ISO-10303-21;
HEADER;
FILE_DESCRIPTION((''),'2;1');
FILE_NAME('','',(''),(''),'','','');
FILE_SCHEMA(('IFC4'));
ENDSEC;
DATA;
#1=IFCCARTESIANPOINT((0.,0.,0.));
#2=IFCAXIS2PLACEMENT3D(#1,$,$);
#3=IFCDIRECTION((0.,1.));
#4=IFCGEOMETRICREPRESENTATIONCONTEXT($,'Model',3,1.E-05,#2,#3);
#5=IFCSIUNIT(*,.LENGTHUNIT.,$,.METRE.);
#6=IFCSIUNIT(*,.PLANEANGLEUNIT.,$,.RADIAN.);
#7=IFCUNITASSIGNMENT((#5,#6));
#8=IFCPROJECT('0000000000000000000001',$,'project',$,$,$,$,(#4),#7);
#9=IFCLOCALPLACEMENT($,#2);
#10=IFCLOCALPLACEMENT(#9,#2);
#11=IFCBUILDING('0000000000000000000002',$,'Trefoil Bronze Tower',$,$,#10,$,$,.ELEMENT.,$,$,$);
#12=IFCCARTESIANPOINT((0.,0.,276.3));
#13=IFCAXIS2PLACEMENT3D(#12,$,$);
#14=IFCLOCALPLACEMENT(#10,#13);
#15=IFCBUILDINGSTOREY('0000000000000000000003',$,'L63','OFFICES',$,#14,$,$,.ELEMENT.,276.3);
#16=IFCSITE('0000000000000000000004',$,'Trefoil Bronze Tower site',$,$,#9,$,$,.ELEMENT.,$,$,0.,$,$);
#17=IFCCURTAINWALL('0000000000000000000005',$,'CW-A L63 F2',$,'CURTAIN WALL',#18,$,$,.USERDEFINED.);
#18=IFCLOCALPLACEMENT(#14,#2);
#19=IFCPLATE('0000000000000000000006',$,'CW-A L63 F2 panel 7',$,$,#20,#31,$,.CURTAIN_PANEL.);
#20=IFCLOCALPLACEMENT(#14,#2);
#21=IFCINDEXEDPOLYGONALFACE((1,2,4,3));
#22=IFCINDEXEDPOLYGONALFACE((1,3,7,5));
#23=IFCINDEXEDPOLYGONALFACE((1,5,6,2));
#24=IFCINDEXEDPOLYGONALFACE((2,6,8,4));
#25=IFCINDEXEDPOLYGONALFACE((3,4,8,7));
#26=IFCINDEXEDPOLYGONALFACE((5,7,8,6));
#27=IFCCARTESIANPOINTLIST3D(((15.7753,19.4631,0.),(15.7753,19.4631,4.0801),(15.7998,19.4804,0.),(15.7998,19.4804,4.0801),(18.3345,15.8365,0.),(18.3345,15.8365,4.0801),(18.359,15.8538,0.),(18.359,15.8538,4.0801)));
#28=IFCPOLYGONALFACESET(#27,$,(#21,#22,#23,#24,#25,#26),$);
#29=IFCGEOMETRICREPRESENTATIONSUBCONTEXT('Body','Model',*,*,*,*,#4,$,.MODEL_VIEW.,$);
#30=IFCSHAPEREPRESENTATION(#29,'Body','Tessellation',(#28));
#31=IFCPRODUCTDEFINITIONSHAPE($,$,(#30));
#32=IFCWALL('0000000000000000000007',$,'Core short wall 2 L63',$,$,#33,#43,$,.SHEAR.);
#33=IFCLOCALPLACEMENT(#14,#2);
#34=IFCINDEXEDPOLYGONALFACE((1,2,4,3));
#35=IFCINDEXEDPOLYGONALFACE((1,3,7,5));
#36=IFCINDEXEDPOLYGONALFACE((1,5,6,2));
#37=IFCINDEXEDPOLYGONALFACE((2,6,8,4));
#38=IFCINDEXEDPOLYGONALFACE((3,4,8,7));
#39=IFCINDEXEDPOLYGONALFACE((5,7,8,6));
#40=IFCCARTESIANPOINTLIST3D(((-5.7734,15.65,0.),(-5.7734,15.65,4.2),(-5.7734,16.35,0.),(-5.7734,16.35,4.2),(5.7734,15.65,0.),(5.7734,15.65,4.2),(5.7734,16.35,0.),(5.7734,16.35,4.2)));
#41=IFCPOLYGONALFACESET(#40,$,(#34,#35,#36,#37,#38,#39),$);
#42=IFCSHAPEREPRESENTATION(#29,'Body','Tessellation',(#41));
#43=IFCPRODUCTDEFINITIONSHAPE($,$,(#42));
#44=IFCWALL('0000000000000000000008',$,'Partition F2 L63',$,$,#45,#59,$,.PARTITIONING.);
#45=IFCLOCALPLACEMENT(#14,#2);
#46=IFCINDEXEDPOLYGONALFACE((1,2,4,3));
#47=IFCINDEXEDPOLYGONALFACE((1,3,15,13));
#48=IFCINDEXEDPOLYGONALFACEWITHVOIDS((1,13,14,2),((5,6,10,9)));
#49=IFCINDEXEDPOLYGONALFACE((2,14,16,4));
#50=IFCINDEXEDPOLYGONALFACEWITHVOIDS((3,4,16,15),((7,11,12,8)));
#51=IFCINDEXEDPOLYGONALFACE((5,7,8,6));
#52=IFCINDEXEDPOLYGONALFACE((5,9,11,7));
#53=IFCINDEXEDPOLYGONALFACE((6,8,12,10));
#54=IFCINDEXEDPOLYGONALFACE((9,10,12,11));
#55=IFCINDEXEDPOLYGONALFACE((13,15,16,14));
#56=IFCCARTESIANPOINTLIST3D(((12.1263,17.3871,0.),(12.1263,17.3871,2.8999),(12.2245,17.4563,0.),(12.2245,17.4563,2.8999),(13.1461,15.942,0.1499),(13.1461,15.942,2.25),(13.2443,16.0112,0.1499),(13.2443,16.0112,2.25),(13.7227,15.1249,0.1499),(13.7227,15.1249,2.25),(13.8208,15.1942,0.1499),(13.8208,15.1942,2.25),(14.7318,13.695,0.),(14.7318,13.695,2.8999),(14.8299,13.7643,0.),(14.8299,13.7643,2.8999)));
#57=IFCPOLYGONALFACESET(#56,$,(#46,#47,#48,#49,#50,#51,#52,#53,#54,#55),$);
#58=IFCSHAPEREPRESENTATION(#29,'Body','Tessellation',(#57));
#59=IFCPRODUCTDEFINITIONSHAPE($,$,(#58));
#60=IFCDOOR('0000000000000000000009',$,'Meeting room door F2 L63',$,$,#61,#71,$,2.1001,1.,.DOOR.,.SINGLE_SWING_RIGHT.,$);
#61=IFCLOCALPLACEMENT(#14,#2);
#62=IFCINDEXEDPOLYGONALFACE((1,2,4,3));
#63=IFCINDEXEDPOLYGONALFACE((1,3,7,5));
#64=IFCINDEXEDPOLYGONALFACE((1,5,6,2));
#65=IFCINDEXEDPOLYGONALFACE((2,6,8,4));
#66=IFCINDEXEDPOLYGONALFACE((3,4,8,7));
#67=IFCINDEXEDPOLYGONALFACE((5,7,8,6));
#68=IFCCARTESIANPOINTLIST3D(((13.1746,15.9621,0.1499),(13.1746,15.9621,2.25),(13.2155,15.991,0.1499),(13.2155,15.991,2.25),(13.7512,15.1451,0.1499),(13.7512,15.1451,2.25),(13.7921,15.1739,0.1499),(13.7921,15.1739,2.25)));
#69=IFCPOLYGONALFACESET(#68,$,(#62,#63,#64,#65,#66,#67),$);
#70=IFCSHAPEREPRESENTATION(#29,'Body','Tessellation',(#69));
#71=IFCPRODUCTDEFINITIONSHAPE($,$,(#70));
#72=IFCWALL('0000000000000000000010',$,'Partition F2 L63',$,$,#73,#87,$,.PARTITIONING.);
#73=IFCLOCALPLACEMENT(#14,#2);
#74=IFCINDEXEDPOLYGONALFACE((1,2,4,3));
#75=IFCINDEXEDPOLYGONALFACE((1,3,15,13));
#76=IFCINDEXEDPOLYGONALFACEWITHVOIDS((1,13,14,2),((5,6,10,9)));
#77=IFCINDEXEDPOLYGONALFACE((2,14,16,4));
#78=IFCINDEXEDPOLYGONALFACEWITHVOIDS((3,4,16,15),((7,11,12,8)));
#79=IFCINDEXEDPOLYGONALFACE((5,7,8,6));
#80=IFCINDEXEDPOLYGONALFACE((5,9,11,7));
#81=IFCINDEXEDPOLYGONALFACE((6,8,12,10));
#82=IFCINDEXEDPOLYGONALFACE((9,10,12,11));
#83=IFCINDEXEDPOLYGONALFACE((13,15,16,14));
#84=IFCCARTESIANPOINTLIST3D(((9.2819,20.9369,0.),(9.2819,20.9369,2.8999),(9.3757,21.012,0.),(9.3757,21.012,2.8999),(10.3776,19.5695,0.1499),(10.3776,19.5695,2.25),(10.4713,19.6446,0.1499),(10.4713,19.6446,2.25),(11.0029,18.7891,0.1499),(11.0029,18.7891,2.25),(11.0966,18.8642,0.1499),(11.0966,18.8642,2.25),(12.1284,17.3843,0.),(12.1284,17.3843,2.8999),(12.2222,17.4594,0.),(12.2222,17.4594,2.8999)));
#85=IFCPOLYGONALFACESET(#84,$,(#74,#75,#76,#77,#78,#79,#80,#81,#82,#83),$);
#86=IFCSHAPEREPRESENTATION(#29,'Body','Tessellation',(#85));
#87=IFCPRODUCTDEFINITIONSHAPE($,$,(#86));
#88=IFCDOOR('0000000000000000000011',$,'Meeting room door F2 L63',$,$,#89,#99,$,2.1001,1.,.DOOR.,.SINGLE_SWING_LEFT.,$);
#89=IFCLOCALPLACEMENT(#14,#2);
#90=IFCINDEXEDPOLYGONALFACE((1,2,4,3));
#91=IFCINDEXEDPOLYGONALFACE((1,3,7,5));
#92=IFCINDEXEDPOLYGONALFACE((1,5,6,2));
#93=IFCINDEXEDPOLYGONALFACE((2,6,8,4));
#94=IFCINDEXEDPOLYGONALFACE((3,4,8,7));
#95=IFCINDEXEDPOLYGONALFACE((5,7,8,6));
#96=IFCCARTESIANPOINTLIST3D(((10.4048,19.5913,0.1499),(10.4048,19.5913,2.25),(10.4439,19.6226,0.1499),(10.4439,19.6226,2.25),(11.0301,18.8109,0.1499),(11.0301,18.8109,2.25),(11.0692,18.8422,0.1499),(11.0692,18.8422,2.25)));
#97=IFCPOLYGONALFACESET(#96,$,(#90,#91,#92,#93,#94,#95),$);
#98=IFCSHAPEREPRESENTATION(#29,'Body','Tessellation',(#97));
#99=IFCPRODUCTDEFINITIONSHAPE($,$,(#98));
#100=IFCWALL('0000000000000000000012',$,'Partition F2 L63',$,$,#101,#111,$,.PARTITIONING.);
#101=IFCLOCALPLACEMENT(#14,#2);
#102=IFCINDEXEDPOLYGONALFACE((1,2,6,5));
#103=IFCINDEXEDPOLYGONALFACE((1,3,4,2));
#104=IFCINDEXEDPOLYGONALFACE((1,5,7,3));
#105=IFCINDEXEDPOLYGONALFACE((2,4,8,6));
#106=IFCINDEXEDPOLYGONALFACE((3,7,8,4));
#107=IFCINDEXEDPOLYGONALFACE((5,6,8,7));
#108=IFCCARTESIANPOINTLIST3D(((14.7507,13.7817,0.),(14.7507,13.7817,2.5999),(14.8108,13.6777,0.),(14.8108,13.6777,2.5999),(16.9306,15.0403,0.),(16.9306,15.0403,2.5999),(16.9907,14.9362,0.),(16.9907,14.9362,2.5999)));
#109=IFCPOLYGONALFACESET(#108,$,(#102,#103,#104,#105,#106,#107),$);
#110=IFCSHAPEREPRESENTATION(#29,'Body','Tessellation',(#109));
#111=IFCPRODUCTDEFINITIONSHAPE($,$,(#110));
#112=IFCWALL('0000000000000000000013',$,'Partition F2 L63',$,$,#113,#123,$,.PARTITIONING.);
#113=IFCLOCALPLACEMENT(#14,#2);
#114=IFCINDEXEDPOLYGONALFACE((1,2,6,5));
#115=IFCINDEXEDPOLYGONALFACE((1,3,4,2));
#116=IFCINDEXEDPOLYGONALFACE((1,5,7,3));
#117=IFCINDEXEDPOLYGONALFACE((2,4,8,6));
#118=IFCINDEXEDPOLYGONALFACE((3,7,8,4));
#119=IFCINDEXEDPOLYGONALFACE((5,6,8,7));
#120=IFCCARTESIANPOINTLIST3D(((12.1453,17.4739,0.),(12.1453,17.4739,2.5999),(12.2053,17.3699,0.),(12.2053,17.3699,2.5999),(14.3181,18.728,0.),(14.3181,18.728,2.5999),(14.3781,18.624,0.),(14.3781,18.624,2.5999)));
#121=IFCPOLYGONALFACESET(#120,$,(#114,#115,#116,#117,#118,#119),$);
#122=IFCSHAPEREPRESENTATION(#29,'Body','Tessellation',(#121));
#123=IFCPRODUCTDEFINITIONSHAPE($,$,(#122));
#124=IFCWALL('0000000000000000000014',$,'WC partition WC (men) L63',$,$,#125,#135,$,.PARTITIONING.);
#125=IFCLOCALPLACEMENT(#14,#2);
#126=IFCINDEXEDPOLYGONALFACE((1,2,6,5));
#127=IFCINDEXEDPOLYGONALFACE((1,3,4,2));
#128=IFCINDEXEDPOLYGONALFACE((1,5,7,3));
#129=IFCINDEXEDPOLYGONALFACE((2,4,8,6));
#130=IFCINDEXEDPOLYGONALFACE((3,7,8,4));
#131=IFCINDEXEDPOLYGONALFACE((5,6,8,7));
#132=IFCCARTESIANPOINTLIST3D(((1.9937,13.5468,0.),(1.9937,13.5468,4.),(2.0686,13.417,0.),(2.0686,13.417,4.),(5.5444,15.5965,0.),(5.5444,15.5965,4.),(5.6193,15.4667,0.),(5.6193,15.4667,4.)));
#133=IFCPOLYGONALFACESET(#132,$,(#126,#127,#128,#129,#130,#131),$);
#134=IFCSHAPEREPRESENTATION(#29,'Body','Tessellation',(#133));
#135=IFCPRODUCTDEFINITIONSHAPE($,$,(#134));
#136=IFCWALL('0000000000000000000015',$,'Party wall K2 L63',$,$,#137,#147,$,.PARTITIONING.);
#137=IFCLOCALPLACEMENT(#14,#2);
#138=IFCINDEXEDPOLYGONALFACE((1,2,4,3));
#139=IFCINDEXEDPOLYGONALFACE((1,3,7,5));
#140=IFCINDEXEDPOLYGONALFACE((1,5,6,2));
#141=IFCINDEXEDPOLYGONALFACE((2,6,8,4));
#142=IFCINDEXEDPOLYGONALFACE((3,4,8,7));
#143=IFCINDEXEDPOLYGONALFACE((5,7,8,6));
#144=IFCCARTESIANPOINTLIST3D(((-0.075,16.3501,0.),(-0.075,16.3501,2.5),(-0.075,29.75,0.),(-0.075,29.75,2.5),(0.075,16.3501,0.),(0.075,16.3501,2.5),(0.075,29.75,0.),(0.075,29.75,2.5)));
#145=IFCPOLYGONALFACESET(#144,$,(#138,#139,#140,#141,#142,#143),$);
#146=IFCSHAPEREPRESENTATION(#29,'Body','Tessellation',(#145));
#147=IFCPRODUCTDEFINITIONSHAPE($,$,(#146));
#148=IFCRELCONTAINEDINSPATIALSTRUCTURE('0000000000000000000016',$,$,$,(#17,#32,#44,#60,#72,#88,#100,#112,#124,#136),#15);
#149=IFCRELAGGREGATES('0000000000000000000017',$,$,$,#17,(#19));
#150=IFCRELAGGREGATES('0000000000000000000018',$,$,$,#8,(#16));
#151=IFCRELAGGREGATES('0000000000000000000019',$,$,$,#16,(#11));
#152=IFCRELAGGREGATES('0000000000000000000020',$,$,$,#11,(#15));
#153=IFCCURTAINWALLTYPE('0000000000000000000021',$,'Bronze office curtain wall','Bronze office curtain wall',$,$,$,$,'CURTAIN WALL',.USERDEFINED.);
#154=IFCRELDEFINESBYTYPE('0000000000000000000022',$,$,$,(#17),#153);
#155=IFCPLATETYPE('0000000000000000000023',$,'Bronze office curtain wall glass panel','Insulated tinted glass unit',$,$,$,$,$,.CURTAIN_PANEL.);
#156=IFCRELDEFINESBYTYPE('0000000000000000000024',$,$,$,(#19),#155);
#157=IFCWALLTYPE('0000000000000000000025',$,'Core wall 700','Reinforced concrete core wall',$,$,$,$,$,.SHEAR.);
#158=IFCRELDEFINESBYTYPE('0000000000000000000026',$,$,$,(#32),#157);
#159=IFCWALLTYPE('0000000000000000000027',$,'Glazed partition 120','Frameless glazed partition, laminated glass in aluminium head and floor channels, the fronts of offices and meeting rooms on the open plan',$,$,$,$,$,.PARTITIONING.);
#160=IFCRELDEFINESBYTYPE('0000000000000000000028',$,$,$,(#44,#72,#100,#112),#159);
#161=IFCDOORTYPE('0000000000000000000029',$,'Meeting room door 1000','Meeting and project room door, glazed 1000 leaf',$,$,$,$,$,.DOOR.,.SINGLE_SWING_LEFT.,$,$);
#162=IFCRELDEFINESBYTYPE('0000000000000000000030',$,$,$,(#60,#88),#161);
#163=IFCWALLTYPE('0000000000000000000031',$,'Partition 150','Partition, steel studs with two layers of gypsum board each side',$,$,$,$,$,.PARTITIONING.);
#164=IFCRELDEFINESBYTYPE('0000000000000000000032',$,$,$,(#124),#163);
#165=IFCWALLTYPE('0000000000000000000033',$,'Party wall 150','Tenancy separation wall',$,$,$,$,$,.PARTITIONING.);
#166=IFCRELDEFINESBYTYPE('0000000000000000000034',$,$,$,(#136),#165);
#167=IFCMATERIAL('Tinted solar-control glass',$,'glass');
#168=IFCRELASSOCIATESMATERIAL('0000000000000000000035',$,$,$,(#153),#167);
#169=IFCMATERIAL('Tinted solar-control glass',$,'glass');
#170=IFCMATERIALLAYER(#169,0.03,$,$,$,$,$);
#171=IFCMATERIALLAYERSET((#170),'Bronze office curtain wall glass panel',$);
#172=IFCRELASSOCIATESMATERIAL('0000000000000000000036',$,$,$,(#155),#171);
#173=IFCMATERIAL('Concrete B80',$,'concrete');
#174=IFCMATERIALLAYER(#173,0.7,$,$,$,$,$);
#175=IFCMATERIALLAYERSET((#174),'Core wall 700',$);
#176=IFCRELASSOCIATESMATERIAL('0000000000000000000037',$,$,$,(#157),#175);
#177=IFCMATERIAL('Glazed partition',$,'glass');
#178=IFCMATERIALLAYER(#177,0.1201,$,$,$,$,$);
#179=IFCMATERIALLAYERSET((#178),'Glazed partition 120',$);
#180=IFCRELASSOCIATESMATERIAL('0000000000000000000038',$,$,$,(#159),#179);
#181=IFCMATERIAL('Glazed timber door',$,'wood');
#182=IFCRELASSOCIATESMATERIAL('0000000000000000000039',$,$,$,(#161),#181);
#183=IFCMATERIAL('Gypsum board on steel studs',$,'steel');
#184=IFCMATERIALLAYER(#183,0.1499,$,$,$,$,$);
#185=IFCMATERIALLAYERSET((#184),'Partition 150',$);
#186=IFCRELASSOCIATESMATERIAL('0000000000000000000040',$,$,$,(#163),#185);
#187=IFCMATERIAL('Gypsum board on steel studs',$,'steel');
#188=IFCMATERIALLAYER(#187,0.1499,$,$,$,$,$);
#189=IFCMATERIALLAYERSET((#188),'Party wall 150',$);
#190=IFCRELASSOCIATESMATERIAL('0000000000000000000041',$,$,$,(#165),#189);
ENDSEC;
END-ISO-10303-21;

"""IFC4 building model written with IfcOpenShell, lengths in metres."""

from ifc_helpers import new_model, si_unit, direction, frame, frame_2d, origin, origin_2d, place, context, subcontext, project, spatial, rectangle, extrude, material, layer, layer_set, type_object, element, fill, aggregate, save


model = new_model("IFC4")

# Units and contexts
model_context = context("Model", 3, precision=1e-05, world=origin(), true_north=direction((0.0, 1.0)))
body_context = subcontext(model_context, "Body", "Model", "MODEL_VIEW")
ifc_project = project(units=[si_unit("LENGTHUNIT", "METRE"), si_unit("PLANEANGLEUNIT", "RADIAN")], contexts=[model_context])

# Site, building, storey
site_placement = place(None, origin())
site = spatial("IfcSite", under=ifc_project, at=site_placement, Name="Trefoil Bronze Tower site", CompositionType="ELEMENT", RefElevation=0.0)
building_placement = place(site_placement, origin())
building = spatial("IfcBuilding", under=site, at=building_placement, Name="Trefoil Bronze Tower", CompositionType="ELEMENT")
storey_placement = place(building_placement, frame((0.0, 0.0, 276.3)))
storey = spatial("IfcBuildingStorey", under=building, at=storey_placement, Name="L63", Description="OFFICES", CompositionType="ELEMENT", Elevation=276.3)

# Curtain wall
ifc_material_1 = material(Name="Tinted solar-control glass", Category="glass")
curtain_wall_type = type_object("IfcCurtainWallType", Name="Bronze office curtain wall", Description="Bronze office curtain wall", ElementType="CURTAIN WALL", PredefinedType="USERDEFINED", material=ifc_material_1)
curtain_wall_placement = place(storey_placement, origin())
curtain_wall = element("IfcCurtainWall", 1, at=curtain_wall_placement, inside=storey, type_object=curtain_wall_type, Name="CW-A L63 F2", ObjectType="CURTAIN WALL", PredefinedType="USERDEFINED")

# Plate
ifc_material_2 = material(Name="Tinted solar-control glass", Category="glass")
ifc_layer_1 = layer(ifc_material_2, 0.03)
ifc_layer_set_1 = layer_set([ifc_layer_1], Name="Bronze office curtain wall glass panel")
plate_type = type_object("IfcPlateType", Name="Bronze office curtain wall glass panel", Description="Insulated tinted glass unit", PredefinedType="CURTAIN_PANEL", material=ifc_layer_set_1)
plate_1_placement = place(storey_placement, frame((17.0671, 17.6584, 0.0), z_axis=(0.0, 0.0, 1.0), x_axis=(-0.576561, 0.817054, 0.0)))
plate_1 = element("IfcPlate", 2, at=plate_1_placement, type_object=plate_type, Name="CW-A L63 F2 panel 7", PredefinedType="CURTAIN_PANEL", context=body_context, shape_type="SweptSolid", body=[
    extrude(rectangle(XDim=4.4387, YDim=0.03, at=origin_2d()), origin(), (0.0, 0.0, 1.0), 4.0801),
])
aggregate(curtain_wall, [plate_1])

# Wall
ifc_material_3 = material(Name="Concrete B80", Category="concrete")
ifc_layer_2 = layer(ifc_material_3, 0.7)
ifc_layer_set_2 = layer_set([ifc_layer_2], Name="Core wall 700")
wall_type_1 = type_object("IfcWallType", Name="Core wall 700", Description="Reinforced concrete core wall", PredefinedType="SHEAR", material=ifc_layer_set_2)
wall_1_placement = place(storey_placement, frame((5.7734, 16.0, 0.0), z_axis=(0.0, 0.0, 1.0), x_axis=(-1.0, 0.0, 0.0)))
element("IfcWall", 3, at=wall_1_placement, inside=storey, type_object=wall_type_1, Name="Core short wall 2 L63", PredefinedType="SHEAR", context=body_context, shape_type="SweptSolid", body=[
    extrude(rectangle(XDim=11.5469, YDim=0.7, at=frame_2d((5.7734, 0.0))), origin(), (0.0, 0.0, 1.0), 4.2),
])

# Walls, openings, doors
ifc_material_4 = material(Name="Glazed partition", Category="glass")
ifc_layer_3 = layer(ifc_material_4, 0.1201)
ifc_layer_set_3 = layer_set([ifc_layer_3], Name="Glazed partition 120")
wall_type_2 = type_object("IfcWallType", Name="Glazed partition 120", Description="Frameless glazed partition, laminated glass in aluminium head and floor channels, the fronts of offices and meeting rooms on the open plan", PredefinedType="PARTITIONING", material=ifc_layer_set_3)
wall_2_placement = place(storey_placement, frame((14.7808, 13.7297, 0.0), z_axis=(0.0, 0.0, 1.0), x_axis=(-0.576573, 0.817046, 0.0)))
wall_2 = element("IfcWall", 4, at=wall_2_placement, inside=storey, type_object=wall_type_2, Name="Partition F2 L63", PredefinedType="PARTITIONING", context=body_context, shape_type="SweptSolid", body=[
    extrude(rectangle(XDim=4.5188, YDim=0.1201, at=frame_2d((2.2593, 0.0))), origin(), (0.0, 0.0, 1.0), 2.8999),
])
opening_1_placement = place(wall_2_placement, frame((1.75, 0.0, 0.1499)))
opening_1 = element("IfcOpeningElement", 5, at=opening_1_placement, cuts=wall_2, PredefinedType="OPENING", context=body_context, shape_type="SweptSolid", body=[
    extrude(rectangle(XDim=1.0, YDim=2.1001, at=frame_2d((0.5, 1.05))), frame((0.0, 0.0701, 0.0), z_axis=(0.0, -1.0, 0.0), x_axis=(1.0, 0.0, 0.0)), (0.0, 0.0, 1.0), 0.1401),
])
ifc_material_5 = material(Name="Glazed timber door", Category="wood")
door_type = type_object("IfcDoorType", Name="Meeting room door 1000", Description="Meeting and project room door, glazed 1000 leaf", OperationType="SINGLE_SWING_LEFT", PredefinedType="DOOR", material=ifc_material_5)
door_1_placement = place(opening_1_placement, frame((1.0, 0.0, 0.0), z_axis=(0.0, 0.0, 1.0), x_axis=(-1.0, 0.0, 0.0)))
door_1 = element("IfcDoor", 6, at=door_1_placement, inside=storey, type_object=door_type, Name="Meeting room door F2 L63", OperationType="SINGLE_SWING_RIGHT", OverallHeight=2.1001, OverallWidth=1.0, PredefinedType="DOOR", context=body_context, shape_type="SweptSolid", body=[
    extrude(rectangle(XDim=1.0, YDim=2.1001, at=frame_2d((0.5, 1.05))), frame((0.0, 0.0249, 0.0), z_axis=(0.0, -1.0, 0.0), x_axis=(1.0, 0.0, 0.0)), (0.0, 0.0, 1.0), 0.05),
])
fill(opening_1, door_1)
wall_3_placement = place(storey_placement, frame((12.1753, 17.4219, 0.0), z_axis=(0.0, 0.0, 1.0), x_axis=(-0.62529, 0.780392, 0.0)))
wall_3 = element("IfcWall", 7, at=wall_3_placement, inside=storey, type_object=wall_type_2, Name="Partition F2 L63", PredefinedType="PARTITIONING", context=body_context, shape_type="SweptSolid", body=[
    extrude(rectangle(XDim=4.5522, YDim=0.1201, at=frame_2d((2.2761, 0.0))), origin(), (0.0, 0.0, 1.0), 2.8999),
])
opening_2_placement = place(wall_3_placement, frame((1.8, 0.0, 0.1499)))
opening_2 = element("IfcOpeningElement", 8, at=opening_2_placement, cuts=wall_3, PredefinedType="OPENING", context=body_context, shape_type="SweptSolid", body=[
    extrude(rectangle(XDim=1.0, YDim=2.1001, at=frame_2d((0.5, 1.05))), frame((0.0, 0.0701, 0.0), z_axis=(0.0, -1.0, 0.0), x_axis=(1.0, 0.0, 0.0)), (0.0, 0.0, 1.0), 0.1401),
])
door_2_placement = place(opening_2_placement, frame((1.0, 0.0, 0.0), z_axis=(0.0, 0.0, 1.0), x_axis=(-1.0, 0.0, 0.0)))
door_2 = element("IfcDoor", 9, at=door_2_placement, inside=storey, type_object=door_type, Name="Meeting room door F2 L63", OperationType="SINGLE_SWING_LEFT", OverallHeight=2.1001, OverallWidth=1.0, PredefinedType="DOOR", context=body_context, shape_type="SweptSolid", body=[
    extrude(rectangle(XDim=1.0, YDim=2.1001, at=frame_2d((0.5, 1.05))), frame((0.0, 0.0249, 0.0), z_axis=(0.0, -1.0, 0.0), x_axis=(1.0, 0.0, 0.0)), (0.0, 0.0, 1.0), 0.05),
])
fill(opening_2, door_2)

# Walls
wall_4_placement = place(storey_placement, frame((14.7808, 13.7297, 0.0), z_axis=(0.0, 0.0, 1.0), x_axis=(0.866032, 0.499988, 0.0)))
element("IfcWall", 10, at=wall_4_placement, inside=storey, type_object=wall_type_2, Name="Partition F2 L63", PredefinedType="PARTITIONING", context=body_context, shape_type="SweptSolid", body=[
    extrude(rectangle(XDim=2.5171, YDim=0.1201, at=frame_2d((1.2585, 0.0))), origin(), (0.0, 0.0, 1.0), 2.5999),
])
wall_5_placement = place(storey_placement, frame((12.1753, 17.4219, 0.0), z_axis=(0.0, 0.0, 1.0), x_axis=(0.866085, 0.499897, 0.0)))
element("IfcWall", 11, at=wall_5_placement, inside=storey, type_object=wall_type_2, Name="Partition F2 L63", PredefinedType="PARTITIONING", context=body_context, shape_type="SweptSolid", body=[
    extrude(rectangle(XDim=2.5088, YDim=0.1201, at=frame_2d((1.2544, 0.0))), origin(), (0.0, 0.0, 1.0), 2.5999),
])
ifc_material_6 = material(Name="Gypsum board on steel studs", Category="steel")
ifc_layer_4 = layer(ifc_material_6, 0.1499)
ifc_layer_set_4 = layer_set([ifc_layer_4], Name="Partition 150")
wall_type_3 = type_object("IfcWallType", Name="Partition 150", Description="Partition, steel studs with two layers of gypsum board each side", PredefinedType="PARTITIONING", material=ifc_layer_set_4)
wall_6_placement = place(storey_placement, frame((2.0312, 13.4819, 0.0), z_axis=(0.0, 0.0, 1.0), x_axis=(0.866051, 0.499956, 0.0)))
element("IfcWall", 12, at=wall_6_placement, inside=storey, type_object=wall_type_3, Name="WC partition WC (men) L63", PredefinedType="PARTITIONING", context=body_context, shape_type="SweptSolid", body=[
    extrude(rectangle(XDim=4.0999, YDim=0.1499, at=frame_2d((2.0498, 0.0))), origin(), (0.0, 0.0, 1.0), 4.0),
])
ifc_material_7 = material(Name="Gypsum board on steel studs", Category="steel")
ifc_layer_5 = layer(ifc_material_7, 0.1499)
ifc_layer_set_5 = layer_set([ifc_layer_5], Name="Party wall 150")
wall_type_4 = type_object("IfcWallType", Name="Party wall 150", Description="Tenancy separation wall", PredefinedType="PARTITIONING", material=ifc_layer_set_5)
wall_7_placement = place(storey_placement, frame((0.0, 16.3501, 0.0), z_axis=(0.0, 0.0, 1.0), x_axis=(0.0, 1.0, 0.0)))
element("IfcWall", 13, at=wall_7_placement, inside=storey, type_object=wall_type_4, Name="Party wall K2 L63", PredefinedType="PARTITIONING", context=body_context, shape_type="SweptSolid", body=[
    extrude(rectangle(XDim=13.3999, YDim=0.1499, at=frame_2d((6.7, 0.0))), origin(), (0.0, 0.0, 1.0), 2.5),
])

save(model, "model.ifc")
